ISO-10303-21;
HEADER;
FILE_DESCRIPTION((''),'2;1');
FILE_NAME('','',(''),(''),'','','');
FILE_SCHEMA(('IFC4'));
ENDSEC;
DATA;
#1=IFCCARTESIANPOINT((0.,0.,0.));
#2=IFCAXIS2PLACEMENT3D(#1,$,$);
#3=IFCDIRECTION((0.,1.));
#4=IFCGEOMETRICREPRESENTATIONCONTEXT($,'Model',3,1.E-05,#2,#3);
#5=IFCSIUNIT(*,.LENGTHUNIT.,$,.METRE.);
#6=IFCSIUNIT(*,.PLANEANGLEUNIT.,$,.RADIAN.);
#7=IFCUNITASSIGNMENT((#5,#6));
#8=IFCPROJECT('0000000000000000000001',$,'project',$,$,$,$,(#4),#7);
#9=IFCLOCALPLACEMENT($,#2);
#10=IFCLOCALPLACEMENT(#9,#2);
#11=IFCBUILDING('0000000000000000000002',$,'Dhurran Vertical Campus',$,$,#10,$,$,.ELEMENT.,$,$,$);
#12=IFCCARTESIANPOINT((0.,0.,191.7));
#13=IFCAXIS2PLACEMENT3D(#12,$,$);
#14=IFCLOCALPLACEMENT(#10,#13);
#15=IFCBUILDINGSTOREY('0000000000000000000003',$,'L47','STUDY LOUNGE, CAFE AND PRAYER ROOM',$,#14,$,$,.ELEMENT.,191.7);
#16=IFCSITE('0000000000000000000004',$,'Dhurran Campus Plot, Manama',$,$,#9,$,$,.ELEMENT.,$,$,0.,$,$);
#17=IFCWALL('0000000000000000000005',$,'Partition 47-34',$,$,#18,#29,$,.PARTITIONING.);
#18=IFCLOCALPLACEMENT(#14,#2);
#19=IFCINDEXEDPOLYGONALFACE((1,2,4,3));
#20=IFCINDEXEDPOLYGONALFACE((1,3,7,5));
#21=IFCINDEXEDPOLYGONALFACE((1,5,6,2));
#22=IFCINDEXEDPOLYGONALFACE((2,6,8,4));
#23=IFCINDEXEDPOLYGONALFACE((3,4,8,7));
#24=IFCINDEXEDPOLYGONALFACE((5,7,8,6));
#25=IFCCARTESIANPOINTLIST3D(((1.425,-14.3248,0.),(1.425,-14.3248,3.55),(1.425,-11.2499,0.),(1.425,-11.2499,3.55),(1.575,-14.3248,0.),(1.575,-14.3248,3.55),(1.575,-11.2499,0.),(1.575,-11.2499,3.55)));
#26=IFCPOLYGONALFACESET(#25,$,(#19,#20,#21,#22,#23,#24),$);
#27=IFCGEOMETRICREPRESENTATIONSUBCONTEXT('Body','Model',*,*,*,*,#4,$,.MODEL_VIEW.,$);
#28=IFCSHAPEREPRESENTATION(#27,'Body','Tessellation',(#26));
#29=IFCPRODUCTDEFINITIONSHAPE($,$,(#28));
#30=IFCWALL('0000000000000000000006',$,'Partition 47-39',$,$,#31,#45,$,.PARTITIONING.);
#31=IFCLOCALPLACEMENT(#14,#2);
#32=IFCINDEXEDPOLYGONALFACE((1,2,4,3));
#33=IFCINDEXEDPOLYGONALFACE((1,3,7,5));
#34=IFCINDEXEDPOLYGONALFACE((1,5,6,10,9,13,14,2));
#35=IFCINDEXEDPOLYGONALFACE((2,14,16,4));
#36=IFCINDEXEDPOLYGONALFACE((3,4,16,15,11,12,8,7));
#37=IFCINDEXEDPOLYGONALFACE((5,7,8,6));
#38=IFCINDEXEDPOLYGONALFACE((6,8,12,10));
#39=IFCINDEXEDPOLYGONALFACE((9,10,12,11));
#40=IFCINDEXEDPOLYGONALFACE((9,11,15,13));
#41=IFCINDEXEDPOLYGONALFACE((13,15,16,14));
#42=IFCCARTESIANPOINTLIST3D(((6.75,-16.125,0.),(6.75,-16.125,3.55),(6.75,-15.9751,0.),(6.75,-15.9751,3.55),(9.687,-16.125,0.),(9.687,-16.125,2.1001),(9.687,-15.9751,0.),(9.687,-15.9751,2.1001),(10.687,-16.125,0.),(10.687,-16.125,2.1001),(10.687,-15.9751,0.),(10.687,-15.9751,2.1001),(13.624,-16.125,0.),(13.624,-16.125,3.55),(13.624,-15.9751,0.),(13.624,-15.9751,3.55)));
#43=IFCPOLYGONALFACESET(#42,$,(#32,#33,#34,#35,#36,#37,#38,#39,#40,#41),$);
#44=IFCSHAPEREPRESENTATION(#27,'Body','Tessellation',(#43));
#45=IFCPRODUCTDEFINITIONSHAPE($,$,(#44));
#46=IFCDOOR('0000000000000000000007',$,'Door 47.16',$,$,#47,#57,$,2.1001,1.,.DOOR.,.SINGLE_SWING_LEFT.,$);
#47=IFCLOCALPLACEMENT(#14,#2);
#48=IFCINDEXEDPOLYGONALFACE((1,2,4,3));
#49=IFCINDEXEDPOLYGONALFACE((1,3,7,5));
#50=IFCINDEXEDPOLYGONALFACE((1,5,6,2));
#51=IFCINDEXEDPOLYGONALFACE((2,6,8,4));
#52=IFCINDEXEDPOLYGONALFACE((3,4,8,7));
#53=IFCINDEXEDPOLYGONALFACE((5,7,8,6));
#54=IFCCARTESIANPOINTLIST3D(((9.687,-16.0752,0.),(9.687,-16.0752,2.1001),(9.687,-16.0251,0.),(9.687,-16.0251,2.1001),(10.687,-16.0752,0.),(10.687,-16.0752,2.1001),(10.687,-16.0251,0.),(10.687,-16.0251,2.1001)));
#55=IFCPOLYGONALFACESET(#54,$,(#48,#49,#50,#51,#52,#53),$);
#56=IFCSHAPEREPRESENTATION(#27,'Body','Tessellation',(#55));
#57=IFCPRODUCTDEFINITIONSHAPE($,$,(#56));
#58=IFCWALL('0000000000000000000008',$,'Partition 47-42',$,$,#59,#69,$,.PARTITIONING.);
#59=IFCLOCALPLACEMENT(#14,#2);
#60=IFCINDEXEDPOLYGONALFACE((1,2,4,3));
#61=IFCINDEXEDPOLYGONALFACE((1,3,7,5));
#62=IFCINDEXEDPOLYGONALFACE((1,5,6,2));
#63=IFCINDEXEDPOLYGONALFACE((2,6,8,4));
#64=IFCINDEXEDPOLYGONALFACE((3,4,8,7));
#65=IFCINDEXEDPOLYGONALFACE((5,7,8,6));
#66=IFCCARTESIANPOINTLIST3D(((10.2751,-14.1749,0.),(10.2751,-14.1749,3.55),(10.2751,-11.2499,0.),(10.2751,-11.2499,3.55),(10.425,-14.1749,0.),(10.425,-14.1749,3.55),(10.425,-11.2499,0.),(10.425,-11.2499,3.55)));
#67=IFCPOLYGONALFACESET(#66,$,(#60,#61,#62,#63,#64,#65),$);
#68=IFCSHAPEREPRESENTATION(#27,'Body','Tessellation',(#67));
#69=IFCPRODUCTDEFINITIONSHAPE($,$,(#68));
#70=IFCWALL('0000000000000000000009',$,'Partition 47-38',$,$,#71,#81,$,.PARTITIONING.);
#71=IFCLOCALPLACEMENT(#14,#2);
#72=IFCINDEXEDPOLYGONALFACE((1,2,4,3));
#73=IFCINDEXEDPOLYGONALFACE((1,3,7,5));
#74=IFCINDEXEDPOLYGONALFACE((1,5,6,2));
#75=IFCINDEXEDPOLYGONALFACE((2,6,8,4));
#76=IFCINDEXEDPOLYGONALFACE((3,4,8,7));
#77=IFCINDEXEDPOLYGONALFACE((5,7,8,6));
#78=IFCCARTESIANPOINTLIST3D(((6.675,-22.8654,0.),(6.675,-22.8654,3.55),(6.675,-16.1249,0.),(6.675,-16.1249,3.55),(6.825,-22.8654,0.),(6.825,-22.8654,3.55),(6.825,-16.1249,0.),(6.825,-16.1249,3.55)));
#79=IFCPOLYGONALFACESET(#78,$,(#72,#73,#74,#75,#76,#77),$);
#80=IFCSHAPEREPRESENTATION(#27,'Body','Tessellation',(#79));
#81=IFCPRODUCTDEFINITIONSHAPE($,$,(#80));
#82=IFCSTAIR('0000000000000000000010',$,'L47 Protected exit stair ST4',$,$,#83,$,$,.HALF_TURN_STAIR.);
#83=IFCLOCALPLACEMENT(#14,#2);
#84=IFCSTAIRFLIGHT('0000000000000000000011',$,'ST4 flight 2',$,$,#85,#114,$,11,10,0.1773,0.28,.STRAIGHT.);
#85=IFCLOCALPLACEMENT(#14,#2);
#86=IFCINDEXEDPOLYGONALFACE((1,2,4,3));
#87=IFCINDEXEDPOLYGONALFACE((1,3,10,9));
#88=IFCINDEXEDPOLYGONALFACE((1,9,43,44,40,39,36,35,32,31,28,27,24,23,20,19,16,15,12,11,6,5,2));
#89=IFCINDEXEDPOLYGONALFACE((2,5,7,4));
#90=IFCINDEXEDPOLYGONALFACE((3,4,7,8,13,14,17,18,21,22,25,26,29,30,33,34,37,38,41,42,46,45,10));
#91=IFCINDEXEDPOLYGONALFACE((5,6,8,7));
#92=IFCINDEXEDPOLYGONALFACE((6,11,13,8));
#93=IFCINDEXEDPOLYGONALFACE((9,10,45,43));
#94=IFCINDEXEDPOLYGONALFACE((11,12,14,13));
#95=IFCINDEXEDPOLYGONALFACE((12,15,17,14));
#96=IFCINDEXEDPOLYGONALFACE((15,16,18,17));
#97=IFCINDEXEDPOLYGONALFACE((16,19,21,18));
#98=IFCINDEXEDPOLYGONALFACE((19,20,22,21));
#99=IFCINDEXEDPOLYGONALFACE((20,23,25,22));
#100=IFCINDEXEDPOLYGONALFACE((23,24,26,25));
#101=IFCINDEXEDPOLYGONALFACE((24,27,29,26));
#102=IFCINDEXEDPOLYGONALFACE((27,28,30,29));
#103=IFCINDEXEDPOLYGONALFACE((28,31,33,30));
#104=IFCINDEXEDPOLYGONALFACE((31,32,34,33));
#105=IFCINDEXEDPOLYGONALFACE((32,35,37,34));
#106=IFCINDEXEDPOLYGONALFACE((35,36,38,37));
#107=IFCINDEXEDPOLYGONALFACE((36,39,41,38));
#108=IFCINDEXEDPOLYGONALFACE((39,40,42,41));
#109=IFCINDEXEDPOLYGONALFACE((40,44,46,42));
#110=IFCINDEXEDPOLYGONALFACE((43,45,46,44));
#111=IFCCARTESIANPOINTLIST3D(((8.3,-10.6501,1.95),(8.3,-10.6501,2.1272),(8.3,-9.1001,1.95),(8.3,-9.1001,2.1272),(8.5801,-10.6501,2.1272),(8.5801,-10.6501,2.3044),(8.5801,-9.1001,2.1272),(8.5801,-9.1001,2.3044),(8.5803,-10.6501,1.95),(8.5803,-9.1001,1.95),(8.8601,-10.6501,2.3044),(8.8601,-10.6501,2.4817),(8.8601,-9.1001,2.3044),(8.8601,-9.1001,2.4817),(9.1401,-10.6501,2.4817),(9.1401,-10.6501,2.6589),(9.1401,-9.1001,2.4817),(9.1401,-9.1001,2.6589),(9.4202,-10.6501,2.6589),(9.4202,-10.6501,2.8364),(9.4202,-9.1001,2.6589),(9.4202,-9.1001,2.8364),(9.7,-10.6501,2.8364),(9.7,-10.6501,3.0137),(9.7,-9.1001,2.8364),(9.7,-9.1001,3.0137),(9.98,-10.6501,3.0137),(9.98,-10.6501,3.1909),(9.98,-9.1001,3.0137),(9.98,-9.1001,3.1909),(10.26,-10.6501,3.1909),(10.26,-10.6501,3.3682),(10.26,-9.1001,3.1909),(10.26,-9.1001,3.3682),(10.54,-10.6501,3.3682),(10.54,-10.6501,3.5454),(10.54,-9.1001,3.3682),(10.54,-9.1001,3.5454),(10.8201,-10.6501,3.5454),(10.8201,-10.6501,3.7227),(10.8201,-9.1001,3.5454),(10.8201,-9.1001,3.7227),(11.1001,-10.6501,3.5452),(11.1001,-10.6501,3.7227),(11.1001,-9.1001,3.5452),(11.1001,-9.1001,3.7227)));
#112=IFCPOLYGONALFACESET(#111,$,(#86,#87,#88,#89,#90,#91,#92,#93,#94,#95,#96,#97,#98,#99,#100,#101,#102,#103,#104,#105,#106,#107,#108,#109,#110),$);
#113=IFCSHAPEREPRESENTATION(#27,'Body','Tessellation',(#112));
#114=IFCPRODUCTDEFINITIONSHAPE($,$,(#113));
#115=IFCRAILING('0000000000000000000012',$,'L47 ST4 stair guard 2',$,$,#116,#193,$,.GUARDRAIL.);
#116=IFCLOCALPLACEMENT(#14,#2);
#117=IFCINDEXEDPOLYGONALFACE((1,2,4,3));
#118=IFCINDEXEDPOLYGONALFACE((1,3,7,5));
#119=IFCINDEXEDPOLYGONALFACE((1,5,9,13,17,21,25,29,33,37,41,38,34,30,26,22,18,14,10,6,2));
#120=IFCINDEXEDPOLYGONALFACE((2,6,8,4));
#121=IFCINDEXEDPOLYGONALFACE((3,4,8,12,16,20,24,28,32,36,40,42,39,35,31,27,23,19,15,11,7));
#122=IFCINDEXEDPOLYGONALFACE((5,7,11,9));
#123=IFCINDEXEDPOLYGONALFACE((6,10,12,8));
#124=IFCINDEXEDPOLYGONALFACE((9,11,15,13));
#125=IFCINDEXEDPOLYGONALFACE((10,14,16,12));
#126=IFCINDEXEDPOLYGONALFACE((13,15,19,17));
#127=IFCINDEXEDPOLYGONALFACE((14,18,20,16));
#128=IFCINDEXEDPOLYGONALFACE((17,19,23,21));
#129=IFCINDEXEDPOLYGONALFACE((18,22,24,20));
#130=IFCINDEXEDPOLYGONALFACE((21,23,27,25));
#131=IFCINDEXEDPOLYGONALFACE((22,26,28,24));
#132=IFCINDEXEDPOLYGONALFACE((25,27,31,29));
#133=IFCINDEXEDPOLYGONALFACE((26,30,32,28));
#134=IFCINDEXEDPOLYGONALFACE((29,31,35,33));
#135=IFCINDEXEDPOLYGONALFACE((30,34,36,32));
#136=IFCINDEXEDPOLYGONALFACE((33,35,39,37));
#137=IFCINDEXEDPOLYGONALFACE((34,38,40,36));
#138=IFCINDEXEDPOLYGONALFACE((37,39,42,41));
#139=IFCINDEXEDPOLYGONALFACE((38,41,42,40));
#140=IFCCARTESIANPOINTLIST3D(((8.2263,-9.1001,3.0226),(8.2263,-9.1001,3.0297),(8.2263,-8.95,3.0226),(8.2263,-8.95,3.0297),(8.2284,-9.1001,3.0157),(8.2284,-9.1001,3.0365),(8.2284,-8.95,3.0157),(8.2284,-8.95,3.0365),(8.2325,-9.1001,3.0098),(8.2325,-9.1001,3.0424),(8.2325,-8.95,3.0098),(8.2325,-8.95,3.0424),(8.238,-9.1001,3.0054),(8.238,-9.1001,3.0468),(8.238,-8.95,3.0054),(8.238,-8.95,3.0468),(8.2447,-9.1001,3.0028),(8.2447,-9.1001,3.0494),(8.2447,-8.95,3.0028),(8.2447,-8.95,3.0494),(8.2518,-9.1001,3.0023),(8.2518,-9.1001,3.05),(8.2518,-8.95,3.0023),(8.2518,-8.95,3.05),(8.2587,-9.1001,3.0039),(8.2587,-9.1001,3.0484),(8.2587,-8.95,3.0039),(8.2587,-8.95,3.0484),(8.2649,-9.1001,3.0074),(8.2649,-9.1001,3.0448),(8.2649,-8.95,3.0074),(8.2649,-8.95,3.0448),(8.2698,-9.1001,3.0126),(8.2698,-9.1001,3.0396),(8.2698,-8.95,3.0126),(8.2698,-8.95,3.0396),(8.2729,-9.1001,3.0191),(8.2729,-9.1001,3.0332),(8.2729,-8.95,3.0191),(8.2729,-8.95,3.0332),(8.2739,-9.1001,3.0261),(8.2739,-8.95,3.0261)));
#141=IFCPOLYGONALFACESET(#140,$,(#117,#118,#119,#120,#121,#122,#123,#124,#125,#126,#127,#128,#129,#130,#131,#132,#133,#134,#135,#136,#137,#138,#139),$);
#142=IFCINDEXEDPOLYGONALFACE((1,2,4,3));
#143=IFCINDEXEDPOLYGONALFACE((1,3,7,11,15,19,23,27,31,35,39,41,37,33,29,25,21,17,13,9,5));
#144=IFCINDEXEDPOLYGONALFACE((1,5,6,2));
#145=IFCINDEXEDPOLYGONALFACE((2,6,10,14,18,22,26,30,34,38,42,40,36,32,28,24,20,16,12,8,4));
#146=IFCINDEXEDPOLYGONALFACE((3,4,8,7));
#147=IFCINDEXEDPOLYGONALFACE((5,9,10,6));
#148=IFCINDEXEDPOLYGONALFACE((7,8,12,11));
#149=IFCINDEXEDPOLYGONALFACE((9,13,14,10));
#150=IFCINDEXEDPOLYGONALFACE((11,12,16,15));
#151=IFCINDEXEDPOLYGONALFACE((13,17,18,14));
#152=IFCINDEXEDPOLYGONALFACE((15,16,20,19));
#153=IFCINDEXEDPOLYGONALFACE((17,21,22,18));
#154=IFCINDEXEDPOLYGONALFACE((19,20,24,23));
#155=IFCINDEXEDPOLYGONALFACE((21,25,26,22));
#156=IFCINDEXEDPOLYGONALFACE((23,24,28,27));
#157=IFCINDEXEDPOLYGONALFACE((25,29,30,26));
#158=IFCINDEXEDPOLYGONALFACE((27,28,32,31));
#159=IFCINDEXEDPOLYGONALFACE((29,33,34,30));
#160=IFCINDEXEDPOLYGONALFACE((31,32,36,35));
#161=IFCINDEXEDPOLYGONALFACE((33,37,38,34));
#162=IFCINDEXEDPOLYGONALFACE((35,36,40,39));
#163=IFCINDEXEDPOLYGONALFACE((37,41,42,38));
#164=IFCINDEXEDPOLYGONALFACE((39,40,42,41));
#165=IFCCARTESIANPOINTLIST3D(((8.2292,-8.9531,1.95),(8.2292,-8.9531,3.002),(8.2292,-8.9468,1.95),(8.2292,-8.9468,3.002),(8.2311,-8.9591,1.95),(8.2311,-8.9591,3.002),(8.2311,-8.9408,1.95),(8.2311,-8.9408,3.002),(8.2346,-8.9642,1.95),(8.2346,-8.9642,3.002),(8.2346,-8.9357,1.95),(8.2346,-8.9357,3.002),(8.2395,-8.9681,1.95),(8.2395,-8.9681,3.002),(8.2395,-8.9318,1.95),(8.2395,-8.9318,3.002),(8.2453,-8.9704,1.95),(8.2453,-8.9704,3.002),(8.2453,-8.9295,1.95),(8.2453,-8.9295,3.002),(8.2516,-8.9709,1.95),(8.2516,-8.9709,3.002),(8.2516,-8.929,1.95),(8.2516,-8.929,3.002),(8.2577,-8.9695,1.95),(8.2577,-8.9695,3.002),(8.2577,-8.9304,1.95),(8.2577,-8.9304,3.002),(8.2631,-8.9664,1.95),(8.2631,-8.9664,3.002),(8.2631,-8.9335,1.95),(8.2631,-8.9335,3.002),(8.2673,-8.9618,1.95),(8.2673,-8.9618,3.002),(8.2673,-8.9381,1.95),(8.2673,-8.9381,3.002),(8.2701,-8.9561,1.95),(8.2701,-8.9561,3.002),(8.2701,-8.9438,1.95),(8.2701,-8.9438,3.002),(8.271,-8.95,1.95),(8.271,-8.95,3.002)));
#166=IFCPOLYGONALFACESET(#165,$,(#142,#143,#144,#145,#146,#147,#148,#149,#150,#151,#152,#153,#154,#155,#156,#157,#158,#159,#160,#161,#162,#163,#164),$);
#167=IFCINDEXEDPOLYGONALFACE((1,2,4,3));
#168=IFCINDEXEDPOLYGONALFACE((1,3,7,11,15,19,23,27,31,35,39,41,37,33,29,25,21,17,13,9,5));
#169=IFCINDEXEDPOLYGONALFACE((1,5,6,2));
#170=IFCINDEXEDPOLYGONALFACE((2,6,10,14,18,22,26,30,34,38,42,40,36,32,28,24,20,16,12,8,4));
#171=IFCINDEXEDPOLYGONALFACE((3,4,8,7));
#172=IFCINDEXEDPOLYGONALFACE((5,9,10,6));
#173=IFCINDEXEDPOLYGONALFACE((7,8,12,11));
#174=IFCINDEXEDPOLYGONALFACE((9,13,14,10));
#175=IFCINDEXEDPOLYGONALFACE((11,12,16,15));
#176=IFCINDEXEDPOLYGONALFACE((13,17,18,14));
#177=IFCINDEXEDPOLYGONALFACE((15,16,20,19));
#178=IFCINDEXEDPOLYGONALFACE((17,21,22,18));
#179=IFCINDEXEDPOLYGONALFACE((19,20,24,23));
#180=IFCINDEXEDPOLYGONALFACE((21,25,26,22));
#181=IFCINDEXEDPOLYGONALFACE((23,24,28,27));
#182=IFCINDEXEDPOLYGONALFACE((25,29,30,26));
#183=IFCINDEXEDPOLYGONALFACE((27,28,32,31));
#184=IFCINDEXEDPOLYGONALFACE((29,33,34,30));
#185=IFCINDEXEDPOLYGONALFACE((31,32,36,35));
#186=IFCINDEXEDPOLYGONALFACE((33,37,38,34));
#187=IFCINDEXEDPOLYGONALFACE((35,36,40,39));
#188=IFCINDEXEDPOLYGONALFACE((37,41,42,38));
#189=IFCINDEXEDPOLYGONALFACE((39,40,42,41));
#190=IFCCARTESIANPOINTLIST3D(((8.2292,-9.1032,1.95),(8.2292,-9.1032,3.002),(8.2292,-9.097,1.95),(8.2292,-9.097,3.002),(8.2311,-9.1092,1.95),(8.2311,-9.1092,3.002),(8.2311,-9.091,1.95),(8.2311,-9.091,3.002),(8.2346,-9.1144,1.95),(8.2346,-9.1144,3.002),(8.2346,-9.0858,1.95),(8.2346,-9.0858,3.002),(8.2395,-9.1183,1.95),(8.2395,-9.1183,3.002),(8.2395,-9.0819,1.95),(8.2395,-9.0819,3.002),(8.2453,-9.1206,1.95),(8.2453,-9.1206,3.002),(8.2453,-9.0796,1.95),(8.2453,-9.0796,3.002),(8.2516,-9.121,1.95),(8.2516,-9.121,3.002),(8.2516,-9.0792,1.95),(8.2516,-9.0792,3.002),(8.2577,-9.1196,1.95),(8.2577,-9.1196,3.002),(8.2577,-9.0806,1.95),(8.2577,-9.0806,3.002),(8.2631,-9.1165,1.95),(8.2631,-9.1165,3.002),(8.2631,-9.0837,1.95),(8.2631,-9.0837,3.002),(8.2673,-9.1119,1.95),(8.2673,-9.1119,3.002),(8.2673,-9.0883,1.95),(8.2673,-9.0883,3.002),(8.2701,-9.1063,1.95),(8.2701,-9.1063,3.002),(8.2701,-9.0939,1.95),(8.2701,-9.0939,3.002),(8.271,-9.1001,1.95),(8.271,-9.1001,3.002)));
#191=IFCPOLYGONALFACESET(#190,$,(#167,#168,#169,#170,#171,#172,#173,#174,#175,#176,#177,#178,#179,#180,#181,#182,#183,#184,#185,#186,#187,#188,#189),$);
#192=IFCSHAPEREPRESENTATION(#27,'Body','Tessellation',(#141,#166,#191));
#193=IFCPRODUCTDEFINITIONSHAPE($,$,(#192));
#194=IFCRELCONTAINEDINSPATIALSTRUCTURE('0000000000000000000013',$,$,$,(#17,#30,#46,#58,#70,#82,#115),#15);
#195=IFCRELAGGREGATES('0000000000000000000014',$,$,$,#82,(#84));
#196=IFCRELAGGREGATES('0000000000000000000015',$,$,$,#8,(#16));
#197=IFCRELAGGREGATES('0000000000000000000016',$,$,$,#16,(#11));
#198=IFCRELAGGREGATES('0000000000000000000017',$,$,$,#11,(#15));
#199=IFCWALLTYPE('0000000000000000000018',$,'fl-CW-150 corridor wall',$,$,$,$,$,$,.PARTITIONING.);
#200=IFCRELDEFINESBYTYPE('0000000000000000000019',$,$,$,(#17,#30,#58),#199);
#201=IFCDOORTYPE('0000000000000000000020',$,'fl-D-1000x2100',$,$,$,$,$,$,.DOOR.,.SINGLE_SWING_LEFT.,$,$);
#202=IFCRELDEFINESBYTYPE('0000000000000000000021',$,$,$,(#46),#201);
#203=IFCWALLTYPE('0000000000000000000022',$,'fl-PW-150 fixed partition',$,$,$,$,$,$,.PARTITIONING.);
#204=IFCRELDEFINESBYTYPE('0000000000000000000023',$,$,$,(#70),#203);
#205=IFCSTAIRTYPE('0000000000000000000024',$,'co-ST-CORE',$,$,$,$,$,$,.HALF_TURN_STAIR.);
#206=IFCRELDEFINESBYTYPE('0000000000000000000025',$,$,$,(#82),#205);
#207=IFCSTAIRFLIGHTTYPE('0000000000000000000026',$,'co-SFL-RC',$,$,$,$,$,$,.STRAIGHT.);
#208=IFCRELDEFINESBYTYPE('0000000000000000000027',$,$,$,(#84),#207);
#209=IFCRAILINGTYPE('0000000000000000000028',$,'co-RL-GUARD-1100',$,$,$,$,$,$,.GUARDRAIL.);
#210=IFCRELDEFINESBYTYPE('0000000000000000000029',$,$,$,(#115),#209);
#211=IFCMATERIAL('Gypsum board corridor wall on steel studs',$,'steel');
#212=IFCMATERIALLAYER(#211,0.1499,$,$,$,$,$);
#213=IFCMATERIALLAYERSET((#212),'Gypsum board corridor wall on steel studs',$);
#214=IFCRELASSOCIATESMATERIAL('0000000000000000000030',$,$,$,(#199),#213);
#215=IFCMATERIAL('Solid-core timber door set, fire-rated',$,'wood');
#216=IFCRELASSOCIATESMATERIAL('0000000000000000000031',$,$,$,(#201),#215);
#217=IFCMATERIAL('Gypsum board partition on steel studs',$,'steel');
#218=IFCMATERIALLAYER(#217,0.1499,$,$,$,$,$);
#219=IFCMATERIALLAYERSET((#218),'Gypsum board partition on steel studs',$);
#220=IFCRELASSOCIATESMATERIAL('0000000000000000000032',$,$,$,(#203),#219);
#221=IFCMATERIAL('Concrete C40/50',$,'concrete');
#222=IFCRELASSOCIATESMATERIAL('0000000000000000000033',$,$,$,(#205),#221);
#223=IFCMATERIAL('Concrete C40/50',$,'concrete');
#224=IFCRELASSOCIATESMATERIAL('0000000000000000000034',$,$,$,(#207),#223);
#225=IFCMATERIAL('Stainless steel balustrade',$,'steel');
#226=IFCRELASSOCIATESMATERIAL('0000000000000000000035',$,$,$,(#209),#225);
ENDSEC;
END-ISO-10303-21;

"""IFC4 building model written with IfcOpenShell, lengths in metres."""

from ifc_helpers import new_model, si_unit, direction, frame, frame_2d, origin, origin_2d, place, context, subcontext, project, spatial, polyline, rectangle, circle, outline, extrude, material, layer, layer_set, type_object, element, fill, aggregate, save


model = new_model("IFC4")

# Units and contexts
model_context = context("Model", 3, precision=1e-05, world=origin(), true_north=direction((0.0, 1.0)))
body_context = subcontext(model_context, "Body", "Model", "MODEL_VIEW")
ifc_project = project(units=[si_unit("LENGTHUNIT", "METRE"), si_unit("PLANEANGLEUNIT", "RADIAN")], contexts=[model_context])

# Site, building, storey
site_placement = place(None, origin())
site = spatial("IfcSite", under=ifc_project, at=site_placement, Name="Dhurran Campus Plot, Manama", CompositionType="ELEMENT", RefElevation=0.0)
building_placement = place(site_placement, origin())
building = spatial("IfcBuilding", under=site, at=building_placement, Name="Dhurran Vertical Campus", CompositionType="ELEMENT")
storey_placement = place(building_placement, frame((0.0, 0.0, 191.7)))
storey = spatial("IfcBuildingStorey", under=building, at=storey_placement, Name="L47", Description="STUDY LOUNGE, CAFE AND PRAYER ROOM", CompositionType="ELEMENT", Elevation=191.7)

# Wall
ifc_material_1 = material(Name="Gypsum board corridor wall on steel studs", Category="steel")
ifc_layer_1 = layer(ifc_material_1, 0.1499)
ifc_layer_set_1 = layer_set([ifc_layer_1], Name="Gypsum board corridor wall on steel studs")
wall_type_1 = type_object("IfcWallType", Name="fl-CW-150 corridor wall", PredefinedType="PARTITIONING", material=ifc_layer_set_1)
wall_1_placement = place(storey_placement, frame((1.5, -14.325, 0.0), z_axis=(0.0, 0.0, 1.0), x_axis=(0.0, 1.0, 0.0)))
element("IfcWall", 1, at=wall_1_placement, inside=storey, type_object=wall_type_1, Name="Partition 47-34", PredefinedType="PARTITIONING", context=body_context, shape_type="SweptSolid", body=[
    extrude(rectangle(XDim=3.075, YDim=0.1499, at=frame_2d((1.5376, 0.0))), origin(), (0.0, 0.0, 1.0), 3.55),
])

# Wall, opening, door
wall_2_placement = place(storey_placement, frame((6.75, -16.05, 0.0), z_axis=(0.0, 0.0, 1.0), x_axis=(1.0, 0.0, 0.0)))
wall_2 = element("IfcWall", 2, at=wall_2_placement, inside=storey, type_object=wall_type_1, Name="Partition 47-39", PredefinedType="PARTITIONING", context=body_context, shape_type="SweptSolid", body=[
    extrude(rectangle(XDim=6.874, YDim=0.1499, at=frame_2d((3.437, 0.0))), origin(), (0.0, 0.0, 1.0), 3.55),
])
opening_1_placement = place(wall_2_placement, frame((2.937, 0.0, 0.0)))
opening_1 = element("IfcOpeningElement", 3, at=opening_1_placement, cuts=wall_2, PredefinedType="OPENING", context=body_context, shape_type="SweptSolid", body=[
    extrude(rectangle(XDim=1.0, YDim=2.1001, at=frame_2d((0.5, 1.05))), frame((0.0, 0.085, 0.0), z_axis=(0.0, -1.0, 0.0), x_axis=(1.0, 0.0, 0.0)), (0.0, 0.0, 1.0), 0.1699),
])
ifc_material_2 = material(Name="Solid-core timber door set, fire-rated", Category="wood")
door_type_1 = type_object("IfcDoorType", Name="fl-D-1000x2100", OperationType="SINGLE_SWING_LEFT", PredefinedType="DOOR", material=ifc_material_2)
door_1_placement = place(opening_1_placement, origin())
door_1 = element("IfcDoor", 4, at=door_1_placement, inside=storey, type_object=door_type_1, Name="Door 47.16", OperationType="SINGLE_SWING_LEFT", OverallHeight=2.1001, OverallWidth=1.0, PredefinedType="DOOR", context=body_context, shape_type="SweptSolid", body=[
    extrude(rectangle(XDim=1.0, YDim=2.1001, at=frame_2d((0.5, 1.05))), frame((0.0, 0.0249, 0.0), z_axis=(0.0, -1.0, 0.0), x_axis=(1.0, 0.0, 0.0)), (0.0, 0.0, 1.0), 0.05),
])
fill(opening_1, door_1)

# Walls
wall_3_placement = place(storey_placement, frame((10.3501, -11.25, 0.0), z_axis=(0.0, 0.0, 1.0), x_axis=(0.0, -1.0, 0.0)))
element("IfcWall", 5, at=wall_3_placement, inside=storey, type_object=wall_type_1, Name="Partition 47-42", PredefinedType="PARTITIONING", context=body_context, shape_type="SweptSolid", body=[
    extrude(rectangle(XDim=2.925, YDim=0.1499, at=frame_2d((1.4624, 0.0))), origin(), (0.0, 0.0, 1.0), 3.55),
])
ifc_material_3 = material(Name="Gypsum board partition on steel studs", Category="steel")
ifc_layer_2 = layer(ifc_material_3, 0.1499)
ifc_layer_set_2 = layer_set([ifc_layer_2], Name="Gypsum board partition on steel studs")
wall_type_2 = type_object("IfcWallType", Name="fl-PW-150 fixed partition", PredefinedType="PARTITIONING", material=ifc_layer_set_2)
wall_4_placement = place(storey_placement, frame((6.75, -16.125, 0.0), z_axis=(0.0, 0.0, 1.0), x_axis=(0.0, -1.0, 0.0)))
element("IfcWall", 6, at=wall_4_placement, inside=storey, type_object=wall_type_2, Name="Partition 47-38", PredefinedType="PARTITIONING", context=body_context, shape_type="SweptSolid", body=[
    extrude(rectangle(XDim=6.7405, YDim=0.1499, at=frame_2d((3.3701, 0.0))), origin(), (0.0, 0.0, 1.0), 3.55),
])

# Stair, stair flight
ifc_material_4 = material(Name="Concrete C40/50", Category="concrete")
stair_type = type_object("IfcStairType", Name="co-ST-CORE", PredefinedType="HALF_TURN_STAIR", material=ifc_material_4)
stair_placement = place(storey_placement, origin())
stair = element("IfcStair", 7, at=stair_placement, inside=storey, type_object=stair_type, Name="L47 Protected exit stair ST4", PredefinedType="HALF_TURN_STAIR")
ifc_material_5 = material(Name="Concrete C40/50", Category="concrete")
stair_flight_type = type_object("IfcStairFlightType", Name="co-SFL-RC", PredefinedType="STRAIGHT", material=ifc_material_5)
stair_flight_placement = place(storey_placement, frame((8.3, -9.875, 1.95), z_axis=(0.0, 0.0, 1.0), x_axis=(1.0, 0.0, 0.0)))
stair_flight = element("IfcStairFlight", 8, at=stair_flight_placement, type_object=stair_flight_type, Name="ST4 flight 2", NumberOfRisers=11, NumberOfTreads=10, PredefinedType="STRAIGHT", RiserHeight=0.1773, TreadLength=0.28, context=body_context, shape_type="SweptSolid", body=[
    extrude(outline(polyline([(0.0, 0.0), (0.0, 0.1772), (0.28, 0.1772), (0.28, 0.3545), (0.5601, 0.3545), (0.5601, 0.5317), (0.8401, 0.5317), (0.8401, 0.709), (1.1201, 0.709), (1.1201, 0.8865), (1.3999, 0.8865), (1.3999, 1.0637), (1.6799, 1.0637), (1.6799, 1.241), (1.96, 1.241), (1.96, 1.4182), (2.24, 1.4182), (2.24, 1.5955), (2.52, 1.5955), (2.52, 1.7727), (2.8, 1.7727), (2.8, 1.95), (2.8, 1.5952), (0.2803, 0.0), (0.0, 0.0)])), frame((0.0, 0.7749, 0.0), z_axis=(0.0, -1.0, 0.0), x_axis=(1.0, 0.0, 0.0)), (0.0, 0.0, 1.0), 1.55),
])
aggregate(stair, [stair_flight])

# Railing
ifc_material_6 = material(Name="Stainless steel balustrade", Category="steel")
railing_type_1 = type_object("IfcRailingType", Name="co-RL-GUARD-1100", PredefinedType="GUARDRAIL", material=ifc_material_6)
railing_1_placement = place(storey_placement, frame((8.25, -8.95, 1.95)))
element("IfcRailing", 9, at=railing_1_placement, inside=storey, type_object=railing_type_1, Name="L47 ST4 stair guard 2", PredefinedType="GUARDRAIL", context=body_context, shape_type="SweptSolid", body=[
    extrude(circle(Radius=0.0239, at=origin_2d()), frame((0.0, 0.0, 1.0762), z_axis=(0.0, -1.0, 0.0), x_axis=(1.0, 0.0, 0.0)), (0.0, 0.0, 1.0), 0.1501),
    extrude(circle(Radius=0.021, at=origin_2d()), origin(), (0.0, 0.0, 1.0), 1.052),
    extrude(circle(Radius=0.021, at=origin_2d()), frame((0.0, -0.1501, 0.0)), (0.0, 0.0, 1.0), 1.052),
])

save(model, "model.ifc")
